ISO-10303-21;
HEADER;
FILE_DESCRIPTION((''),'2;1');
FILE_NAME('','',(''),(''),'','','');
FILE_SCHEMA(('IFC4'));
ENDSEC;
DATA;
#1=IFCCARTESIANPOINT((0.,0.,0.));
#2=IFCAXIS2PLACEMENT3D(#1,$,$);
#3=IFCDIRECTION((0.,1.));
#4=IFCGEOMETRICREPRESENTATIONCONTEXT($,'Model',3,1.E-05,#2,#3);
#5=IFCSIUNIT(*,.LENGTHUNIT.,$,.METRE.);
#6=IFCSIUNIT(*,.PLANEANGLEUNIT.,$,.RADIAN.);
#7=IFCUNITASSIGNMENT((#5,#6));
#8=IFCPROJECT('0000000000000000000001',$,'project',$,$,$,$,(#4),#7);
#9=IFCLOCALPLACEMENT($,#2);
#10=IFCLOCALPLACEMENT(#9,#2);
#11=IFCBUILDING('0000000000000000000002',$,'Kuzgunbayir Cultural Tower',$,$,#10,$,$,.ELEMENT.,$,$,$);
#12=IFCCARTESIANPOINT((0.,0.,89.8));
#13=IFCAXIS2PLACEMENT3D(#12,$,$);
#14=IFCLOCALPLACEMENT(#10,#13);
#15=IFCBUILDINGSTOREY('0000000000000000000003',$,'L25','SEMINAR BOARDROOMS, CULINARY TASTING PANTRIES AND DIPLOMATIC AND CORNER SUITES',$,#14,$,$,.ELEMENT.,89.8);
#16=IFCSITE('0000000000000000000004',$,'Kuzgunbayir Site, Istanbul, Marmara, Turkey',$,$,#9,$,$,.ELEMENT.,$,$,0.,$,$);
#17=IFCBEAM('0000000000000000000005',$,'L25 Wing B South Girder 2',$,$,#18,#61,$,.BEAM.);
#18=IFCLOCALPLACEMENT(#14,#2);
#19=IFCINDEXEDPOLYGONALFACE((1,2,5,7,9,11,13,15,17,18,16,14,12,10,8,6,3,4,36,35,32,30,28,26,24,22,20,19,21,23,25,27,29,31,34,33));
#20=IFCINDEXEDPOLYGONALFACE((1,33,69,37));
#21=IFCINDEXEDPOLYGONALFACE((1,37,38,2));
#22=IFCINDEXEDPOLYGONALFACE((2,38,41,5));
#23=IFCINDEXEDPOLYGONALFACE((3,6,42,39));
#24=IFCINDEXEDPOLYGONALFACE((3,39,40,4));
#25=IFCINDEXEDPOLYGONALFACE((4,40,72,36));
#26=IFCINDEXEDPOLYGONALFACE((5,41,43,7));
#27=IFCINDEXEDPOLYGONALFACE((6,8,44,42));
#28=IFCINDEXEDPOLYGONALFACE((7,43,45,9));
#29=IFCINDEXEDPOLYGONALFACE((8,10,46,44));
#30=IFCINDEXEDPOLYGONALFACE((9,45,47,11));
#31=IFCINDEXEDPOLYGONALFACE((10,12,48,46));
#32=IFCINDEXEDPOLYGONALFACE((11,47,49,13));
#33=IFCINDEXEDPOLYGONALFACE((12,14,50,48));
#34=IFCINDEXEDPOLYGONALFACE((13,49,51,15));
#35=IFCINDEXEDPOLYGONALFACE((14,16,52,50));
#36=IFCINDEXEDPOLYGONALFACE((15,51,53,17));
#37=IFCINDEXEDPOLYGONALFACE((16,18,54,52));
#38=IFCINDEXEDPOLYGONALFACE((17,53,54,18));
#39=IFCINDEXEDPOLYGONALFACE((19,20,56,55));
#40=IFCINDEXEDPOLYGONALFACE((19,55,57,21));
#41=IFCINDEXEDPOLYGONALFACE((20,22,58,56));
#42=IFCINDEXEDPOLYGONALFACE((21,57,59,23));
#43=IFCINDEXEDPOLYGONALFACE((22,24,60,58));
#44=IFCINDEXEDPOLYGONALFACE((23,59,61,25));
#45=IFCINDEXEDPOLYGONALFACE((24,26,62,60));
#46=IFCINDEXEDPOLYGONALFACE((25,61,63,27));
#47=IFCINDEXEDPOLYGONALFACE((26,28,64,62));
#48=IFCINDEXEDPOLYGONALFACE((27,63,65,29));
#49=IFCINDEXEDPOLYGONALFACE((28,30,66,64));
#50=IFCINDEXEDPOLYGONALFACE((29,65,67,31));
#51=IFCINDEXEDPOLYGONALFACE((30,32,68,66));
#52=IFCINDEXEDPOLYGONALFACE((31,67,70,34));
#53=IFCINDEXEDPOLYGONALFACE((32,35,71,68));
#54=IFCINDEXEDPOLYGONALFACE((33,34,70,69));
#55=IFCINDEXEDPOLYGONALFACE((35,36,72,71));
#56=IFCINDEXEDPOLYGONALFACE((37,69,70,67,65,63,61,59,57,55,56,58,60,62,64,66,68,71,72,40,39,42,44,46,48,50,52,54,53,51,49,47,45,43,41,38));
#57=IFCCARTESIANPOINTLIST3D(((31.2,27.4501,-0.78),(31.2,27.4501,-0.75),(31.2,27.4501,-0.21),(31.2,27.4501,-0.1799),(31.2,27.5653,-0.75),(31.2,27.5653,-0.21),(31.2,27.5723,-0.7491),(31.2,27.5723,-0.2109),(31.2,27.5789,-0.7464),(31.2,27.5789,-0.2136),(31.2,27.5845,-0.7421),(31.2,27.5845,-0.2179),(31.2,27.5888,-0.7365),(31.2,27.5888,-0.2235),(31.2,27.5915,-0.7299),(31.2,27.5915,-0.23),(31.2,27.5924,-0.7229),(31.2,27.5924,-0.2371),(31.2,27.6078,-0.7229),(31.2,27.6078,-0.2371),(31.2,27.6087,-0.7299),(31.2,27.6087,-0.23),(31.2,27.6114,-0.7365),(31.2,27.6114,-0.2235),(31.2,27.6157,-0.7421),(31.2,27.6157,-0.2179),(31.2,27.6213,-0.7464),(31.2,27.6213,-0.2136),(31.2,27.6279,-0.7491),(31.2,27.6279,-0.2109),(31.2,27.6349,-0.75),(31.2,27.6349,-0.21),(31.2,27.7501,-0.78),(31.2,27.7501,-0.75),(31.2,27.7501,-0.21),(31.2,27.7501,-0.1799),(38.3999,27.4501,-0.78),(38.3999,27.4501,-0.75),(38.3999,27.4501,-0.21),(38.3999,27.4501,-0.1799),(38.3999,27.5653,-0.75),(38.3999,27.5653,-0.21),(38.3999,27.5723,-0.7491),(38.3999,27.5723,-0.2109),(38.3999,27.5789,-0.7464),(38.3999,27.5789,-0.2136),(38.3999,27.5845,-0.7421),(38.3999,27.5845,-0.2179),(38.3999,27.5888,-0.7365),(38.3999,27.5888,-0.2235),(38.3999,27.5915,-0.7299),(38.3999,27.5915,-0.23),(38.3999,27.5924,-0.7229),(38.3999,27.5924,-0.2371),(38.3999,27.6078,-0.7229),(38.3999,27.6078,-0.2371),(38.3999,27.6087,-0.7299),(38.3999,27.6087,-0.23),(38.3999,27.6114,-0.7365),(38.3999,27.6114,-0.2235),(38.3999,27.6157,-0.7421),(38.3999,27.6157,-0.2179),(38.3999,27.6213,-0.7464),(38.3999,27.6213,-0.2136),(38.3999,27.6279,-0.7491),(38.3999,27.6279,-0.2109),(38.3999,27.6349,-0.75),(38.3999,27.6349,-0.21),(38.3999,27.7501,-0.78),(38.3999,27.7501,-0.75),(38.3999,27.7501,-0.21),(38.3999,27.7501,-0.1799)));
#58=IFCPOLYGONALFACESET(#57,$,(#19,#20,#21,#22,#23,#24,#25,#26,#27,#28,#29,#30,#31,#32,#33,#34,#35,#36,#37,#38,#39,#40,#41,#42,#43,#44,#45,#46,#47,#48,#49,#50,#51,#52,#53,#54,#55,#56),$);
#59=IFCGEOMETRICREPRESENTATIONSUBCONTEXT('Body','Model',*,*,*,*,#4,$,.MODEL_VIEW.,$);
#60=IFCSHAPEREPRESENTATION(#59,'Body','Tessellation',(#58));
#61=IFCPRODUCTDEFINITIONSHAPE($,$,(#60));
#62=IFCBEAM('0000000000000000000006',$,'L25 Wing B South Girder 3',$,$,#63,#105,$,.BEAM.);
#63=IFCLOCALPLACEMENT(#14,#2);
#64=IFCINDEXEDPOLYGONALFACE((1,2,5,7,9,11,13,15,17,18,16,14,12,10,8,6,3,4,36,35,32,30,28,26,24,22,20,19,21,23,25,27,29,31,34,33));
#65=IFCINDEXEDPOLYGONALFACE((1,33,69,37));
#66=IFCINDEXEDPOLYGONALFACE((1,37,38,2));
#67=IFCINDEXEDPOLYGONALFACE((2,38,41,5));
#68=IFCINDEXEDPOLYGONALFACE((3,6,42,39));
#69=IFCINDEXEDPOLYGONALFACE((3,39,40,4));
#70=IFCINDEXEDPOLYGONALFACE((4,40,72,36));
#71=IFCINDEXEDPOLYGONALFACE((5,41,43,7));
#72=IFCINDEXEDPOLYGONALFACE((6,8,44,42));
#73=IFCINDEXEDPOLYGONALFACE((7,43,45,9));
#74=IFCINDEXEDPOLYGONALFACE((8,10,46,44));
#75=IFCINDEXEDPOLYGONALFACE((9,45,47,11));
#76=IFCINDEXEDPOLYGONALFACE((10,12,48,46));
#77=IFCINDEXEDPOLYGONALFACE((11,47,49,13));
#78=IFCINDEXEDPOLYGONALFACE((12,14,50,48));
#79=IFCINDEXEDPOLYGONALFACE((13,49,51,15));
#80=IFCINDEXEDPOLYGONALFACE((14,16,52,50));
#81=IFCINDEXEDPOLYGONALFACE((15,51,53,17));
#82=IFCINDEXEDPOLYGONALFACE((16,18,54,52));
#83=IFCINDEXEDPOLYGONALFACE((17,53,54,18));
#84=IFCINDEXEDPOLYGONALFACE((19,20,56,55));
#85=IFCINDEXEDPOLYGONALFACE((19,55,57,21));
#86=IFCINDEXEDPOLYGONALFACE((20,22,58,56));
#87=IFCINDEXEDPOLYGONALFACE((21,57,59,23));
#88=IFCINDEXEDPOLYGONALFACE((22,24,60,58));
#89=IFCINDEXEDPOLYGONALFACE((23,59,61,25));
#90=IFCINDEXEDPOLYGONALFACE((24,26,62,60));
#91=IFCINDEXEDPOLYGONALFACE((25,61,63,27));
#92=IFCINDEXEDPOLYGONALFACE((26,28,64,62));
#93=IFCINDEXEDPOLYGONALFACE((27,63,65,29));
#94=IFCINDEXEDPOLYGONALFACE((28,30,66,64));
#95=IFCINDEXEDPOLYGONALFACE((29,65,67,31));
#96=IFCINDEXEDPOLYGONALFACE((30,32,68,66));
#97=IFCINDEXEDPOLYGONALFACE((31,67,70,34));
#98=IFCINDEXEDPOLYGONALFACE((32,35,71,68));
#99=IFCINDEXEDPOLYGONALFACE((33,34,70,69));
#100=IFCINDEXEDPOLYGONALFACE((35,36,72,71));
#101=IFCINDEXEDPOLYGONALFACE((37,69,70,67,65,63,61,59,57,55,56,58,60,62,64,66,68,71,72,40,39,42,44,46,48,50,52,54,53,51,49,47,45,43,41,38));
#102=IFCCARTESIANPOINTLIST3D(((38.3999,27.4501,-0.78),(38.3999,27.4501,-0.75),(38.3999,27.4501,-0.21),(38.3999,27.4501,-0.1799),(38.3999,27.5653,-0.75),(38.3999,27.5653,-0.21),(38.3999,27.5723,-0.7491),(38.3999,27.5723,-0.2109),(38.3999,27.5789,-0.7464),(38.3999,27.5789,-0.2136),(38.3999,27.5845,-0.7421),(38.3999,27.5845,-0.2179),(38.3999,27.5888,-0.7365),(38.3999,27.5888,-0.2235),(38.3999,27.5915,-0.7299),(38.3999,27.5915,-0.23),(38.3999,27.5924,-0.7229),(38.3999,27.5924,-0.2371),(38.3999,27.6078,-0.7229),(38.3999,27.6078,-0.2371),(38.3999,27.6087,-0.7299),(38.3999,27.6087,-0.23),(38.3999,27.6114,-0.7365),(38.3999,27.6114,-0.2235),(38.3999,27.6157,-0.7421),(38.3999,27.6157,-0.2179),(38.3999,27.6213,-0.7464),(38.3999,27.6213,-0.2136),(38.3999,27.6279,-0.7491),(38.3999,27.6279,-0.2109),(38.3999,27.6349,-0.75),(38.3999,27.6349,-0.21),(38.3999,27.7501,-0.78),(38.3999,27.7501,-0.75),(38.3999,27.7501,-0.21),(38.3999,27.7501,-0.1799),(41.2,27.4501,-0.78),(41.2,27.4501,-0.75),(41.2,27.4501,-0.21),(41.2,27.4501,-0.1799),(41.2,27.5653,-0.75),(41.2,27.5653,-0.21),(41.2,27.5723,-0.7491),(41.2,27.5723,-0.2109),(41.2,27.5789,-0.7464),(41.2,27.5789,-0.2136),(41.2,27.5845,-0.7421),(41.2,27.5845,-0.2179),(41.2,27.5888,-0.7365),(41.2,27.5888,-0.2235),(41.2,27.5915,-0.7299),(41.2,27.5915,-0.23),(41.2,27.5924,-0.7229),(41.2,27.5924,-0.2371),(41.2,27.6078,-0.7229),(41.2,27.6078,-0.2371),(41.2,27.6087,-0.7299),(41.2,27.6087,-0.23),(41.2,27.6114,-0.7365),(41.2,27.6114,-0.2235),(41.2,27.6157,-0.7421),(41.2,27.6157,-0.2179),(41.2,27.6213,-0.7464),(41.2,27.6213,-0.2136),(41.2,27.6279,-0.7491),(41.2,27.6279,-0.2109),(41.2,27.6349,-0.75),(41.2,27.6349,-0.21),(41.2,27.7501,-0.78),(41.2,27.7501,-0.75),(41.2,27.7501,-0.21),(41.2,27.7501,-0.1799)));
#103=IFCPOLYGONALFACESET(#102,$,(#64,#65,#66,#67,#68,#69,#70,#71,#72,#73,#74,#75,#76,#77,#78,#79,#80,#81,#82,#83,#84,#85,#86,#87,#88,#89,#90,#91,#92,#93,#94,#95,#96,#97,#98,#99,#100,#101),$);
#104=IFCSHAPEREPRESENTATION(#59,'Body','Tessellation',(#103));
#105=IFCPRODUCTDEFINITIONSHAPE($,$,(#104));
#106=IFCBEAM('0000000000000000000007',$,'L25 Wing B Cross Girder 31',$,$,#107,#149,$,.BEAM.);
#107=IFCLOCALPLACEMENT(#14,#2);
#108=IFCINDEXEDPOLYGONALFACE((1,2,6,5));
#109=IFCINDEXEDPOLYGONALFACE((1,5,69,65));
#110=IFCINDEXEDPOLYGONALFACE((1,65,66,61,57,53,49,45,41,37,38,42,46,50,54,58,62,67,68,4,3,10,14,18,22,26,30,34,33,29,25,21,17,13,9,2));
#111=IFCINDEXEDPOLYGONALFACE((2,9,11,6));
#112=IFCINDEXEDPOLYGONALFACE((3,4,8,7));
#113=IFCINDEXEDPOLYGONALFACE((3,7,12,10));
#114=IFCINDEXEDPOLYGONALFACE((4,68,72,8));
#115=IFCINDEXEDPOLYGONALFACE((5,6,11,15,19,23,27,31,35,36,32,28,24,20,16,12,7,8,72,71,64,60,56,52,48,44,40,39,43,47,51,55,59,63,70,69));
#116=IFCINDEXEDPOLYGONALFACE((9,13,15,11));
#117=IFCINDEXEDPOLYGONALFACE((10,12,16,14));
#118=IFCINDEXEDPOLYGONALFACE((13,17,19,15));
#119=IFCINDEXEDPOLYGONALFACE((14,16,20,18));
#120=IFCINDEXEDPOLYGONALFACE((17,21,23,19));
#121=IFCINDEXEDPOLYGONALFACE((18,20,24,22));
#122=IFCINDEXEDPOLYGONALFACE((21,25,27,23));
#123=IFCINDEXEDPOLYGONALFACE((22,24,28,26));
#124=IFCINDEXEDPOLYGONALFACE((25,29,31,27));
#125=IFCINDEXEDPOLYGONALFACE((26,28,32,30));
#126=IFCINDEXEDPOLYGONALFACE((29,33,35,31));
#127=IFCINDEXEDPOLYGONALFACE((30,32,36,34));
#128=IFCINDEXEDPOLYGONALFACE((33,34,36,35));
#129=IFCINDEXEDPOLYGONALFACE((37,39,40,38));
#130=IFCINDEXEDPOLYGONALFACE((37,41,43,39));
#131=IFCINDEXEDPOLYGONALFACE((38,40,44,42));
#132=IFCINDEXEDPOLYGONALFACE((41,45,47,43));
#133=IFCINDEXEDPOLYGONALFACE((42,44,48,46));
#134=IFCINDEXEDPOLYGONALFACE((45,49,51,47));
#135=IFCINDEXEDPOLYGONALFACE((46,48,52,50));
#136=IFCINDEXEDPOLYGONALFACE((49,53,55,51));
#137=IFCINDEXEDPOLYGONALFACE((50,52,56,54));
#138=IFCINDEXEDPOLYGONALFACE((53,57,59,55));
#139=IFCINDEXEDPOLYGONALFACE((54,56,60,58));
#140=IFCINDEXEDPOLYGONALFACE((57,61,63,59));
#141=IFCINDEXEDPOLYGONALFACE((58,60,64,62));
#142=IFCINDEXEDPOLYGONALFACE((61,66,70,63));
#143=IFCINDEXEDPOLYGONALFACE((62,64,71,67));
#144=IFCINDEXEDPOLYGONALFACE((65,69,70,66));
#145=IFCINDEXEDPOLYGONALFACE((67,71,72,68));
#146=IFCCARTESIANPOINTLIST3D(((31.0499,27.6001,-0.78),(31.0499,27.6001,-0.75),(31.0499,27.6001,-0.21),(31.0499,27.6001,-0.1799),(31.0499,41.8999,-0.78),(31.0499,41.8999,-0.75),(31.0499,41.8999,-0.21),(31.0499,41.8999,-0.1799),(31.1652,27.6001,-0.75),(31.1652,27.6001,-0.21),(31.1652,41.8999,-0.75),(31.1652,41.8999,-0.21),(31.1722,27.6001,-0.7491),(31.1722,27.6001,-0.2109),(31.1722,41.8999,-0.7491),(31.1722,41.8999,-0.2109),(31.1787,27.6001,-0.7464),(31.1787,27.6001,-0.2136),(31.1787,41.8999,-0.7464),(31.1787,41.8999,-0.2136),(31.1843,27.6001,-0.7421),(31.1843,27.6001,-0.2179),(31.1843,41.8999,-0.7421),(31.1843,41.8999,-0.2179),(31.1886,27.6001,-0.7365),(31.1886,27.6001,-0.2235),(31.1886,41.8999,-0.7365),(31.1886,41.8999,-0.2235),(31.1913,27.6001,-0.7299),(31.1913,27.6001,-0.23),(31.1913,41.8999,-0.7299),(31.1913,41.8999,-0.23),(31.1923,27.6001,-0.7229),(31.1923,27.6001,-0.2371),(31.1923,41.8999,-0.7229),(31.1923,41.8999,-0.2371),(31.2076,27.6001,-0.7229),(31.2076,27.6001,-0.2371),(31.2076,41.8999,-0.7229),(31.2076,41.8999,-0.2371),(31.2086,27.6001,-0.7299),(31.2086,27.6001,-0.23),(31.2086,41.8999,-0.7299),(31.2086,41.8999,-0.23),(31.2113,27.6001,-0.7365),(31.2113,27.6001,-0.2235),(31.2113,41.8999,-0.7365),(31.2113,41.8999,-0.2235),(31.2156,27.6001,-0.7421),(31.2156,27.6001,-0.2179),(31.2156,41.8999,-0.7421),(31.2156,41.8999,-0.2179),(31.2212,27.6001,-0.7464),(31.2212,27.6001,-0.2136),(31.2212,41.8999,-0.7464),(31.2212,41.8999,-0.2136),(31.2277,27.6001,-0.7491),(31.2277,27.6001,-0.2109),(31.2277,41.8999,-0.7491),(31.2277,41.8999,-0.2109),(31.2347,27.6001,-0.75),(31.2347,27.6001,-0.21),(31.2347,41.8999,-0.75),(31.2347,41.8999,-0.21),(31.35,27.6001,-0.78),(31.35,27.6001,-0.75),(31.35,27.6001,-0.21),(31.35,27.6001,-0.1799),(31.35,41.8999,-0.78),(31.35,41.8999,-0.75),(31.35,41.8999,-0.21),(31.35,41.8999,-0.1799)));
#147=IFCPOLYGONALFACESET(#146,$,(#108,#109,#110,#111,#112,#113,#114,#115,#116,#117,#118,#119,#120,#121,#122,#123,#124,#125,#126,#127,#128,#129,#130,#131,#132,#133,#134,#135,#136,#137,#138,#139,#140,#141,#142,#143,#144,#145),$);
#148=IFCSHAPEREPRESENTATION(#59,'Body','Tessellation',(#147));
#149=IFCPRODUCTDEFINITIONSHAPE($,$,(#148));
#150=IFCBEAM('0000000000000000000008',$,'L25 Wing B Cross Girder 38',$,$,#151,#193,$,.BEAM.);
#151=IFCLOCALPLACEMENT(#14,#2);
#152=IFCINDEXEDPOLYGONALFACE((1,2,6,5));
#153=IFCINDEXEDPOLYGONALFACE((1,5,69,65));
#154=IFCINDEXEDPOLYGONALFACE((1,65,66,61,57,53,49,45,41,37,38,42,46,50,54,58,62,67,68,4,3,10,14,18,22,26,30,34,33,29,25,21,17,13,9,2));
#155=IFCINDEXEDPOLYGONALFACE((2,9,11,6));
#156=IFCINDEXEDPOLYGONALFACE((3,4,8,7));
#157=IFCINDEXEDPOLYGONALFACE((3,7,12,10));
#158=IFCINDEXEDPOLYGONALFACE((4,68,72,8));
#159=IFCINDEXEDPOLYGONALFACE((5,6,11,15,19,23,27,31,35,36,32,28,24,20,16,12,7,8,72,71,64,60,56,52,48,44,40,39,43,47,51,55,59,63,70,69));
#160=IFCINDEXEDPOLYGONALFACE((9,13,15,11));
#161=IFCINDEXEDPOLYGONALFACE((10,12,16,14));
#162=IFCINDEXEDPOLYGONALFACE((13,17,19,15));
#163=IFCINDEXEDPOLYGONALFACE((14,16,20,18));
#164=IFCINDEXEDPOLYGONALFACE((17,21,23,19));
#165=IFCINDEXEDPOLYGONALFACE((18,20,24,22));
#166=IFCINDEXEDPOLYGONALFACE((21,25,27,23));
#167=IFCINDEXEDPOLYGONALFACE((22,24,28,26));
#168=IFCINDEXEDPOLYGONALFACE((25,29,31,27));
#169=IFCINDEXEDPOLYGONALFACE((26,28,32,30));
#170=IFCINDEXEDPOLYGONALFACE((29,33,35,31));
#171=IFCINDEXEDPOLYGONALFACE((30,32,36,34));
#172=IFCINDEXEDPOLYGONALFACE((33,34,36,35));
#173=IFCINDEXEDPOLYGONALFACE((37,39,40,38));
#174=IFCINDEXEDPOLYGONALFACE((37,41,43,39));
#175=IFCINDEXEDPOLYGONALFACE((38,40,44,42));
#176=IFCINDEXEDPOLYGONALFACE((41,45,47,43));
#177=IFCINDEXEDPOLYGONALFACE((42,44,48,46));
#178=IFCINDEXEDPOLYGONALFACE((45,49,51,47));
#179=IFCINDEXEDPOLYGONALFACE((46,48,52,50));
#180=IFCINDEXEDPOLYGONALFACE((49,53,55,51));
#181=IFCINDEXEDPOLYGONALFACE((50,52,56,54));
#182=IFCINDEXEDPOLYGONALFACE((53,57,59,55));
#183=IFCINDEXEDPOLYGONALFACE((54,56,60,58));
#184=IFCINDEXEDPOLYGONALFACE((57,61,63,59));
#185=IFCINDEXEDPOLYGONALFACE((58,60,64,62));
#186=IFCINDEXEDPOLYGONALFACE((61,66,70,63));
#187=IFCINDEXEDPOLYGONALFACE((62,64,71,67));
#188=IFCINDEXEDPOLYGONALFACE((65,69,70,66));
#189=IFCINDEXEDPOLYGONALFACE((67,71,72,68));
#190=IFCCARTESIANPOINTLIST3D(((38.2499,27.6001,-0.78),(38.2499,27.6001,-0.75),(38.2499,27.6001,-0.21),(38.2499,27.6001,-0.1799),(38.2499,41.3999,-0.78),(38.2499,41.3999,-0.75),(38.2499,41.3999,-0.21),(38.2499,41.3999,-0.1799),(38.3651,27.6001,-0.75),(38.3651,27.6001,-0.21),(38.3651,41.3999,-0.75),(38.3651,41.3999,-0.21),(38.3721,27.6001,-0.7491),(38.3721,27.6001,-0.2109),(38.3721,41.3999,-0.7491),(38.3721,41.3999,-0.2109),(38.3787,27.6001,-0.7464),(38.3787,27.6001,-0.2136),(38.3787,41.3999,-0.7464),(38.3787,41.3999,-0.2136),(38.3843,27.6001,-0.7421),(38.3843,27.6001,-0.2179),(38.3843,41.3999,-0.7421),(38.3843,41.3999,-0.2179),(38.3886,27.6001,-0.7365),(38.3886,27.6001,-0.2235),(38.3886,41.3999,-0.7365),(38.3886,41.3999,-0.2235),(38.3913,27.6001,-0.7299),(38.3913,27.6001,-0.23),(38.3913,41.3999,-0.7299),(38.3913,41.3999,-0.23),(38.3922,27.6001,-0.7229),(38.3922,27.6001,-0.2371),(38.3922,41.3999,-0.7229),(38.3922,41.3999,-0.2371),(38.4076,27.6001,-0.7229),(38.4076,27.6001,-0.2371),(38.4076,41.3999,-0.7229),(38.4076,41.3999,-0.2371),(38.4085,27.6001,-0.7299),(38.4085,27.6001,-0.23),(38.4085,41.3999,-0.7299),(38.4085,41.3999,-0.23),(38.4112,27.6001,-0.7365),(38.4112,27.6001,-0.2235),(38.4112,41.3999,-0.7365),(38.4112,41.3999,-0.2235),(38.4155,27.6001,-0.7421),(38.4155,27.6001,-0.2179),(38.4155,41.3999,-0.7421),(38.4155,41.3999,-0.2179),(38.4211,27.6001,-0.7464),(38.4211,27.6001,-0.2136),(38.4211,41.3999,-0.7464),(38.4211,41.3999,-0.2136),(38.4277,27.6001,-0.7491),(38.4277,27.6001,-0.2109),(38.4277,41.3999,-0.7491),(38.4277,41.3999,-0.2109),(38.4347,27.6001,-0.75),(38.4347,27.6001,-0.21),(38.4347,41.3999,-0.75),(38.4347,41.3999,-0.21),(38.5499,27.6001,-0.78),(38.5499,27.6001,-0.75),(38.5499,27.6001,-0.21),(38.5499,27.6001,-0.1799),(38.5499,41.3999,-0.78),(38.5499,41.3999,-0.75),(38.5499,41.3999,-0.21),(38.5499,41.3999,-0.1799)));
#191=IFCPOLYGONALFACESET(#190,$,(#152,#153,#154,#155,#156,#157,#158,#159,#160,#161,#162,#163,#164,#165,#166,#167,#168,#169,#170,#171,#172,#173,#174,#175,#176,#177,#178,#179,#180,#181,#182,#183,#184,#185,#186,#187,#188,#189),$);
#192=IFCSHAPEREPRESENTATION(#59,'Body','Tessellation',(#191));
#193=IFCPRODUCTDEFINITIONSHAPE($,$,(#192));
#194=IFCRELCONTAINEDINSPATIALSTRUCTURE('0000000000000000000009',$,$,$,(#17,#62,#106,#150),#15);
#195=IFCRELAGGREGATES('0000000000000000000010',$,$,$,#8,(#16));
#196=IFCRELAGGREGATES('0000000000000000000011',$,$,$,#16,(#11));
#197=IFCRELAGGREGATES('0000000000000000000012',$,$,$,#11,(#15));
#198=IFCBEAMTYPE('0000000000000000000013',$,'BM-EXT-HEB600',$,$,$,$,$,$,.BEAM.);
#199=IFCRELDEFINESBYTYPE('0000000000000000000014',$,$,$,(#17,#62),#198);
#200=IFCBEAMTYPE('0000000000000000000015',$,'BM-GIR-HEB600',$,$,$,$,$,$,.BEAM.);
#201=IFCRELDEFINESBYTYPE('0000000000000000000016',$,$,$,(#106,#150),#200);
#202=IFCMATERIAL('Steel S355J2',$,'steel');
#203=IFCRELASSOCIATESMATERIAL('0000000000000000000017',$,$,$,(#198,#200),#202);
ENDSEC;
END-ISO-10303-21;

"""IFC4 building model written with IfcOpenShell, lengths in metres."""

from ifc_helpers import new_model, si_unit, direction, frame, origin, origin_2d, place, context, subcontext, project, spatial, i_section, extrude, material, material_profile, profile_set, type_object, element, save


model = new_model("IFC4")

# Units and contexts
model_context = context("Model", 3, precision=1e-05, world=origin(), true_north=direction((0.0, 1.0)))
body_context = subcontext(model_context, "Body", "Model", "MODEL_VIEW")
ifc_project = project(units=[si_unit("LENGTHUNIT", "METRE"), si_unit("PLANEANGLEUNIT", "RADIAN")], contexts=[model_context])

# Site, building, storey
site_placement = place(None, origin())
site = spatial("IfcSite", under=ifc_project, at=site_placement, Name="Kuzgunbayir Site, Istanbul, Marmara, Turkey", CompositionType="ELEMENT", RefElevation=0.0)
building_placement = place(site_placement, origin())
building = spatial("IfcBuilding", under=site, at=building_placement, Name="Kuzgunbayir Cultural Tower", CompositionType="ELEMENT")
storey_placement = place(building_placement, frame((0.0, 0.0, 89.8)))
storey = spatial("IfcBuildingStorey", under=building, at=storey_placement, Name="L25", Description="SEMINAR BOARDROOMS, CULINARY TASTING PANTRIES AND DIPLOMATIC AND CORNER SUITES", CompositionType="ELEMENT", Elevation=89.8)

# Beams
ifc_material_1 = material(Name="Steel S355J2", Category="steel")
ifc_material_profile_1 = material_profile(ifc_material_1, i_section(OverallWidth=0.3, OverallDepth=0.6001, WebThickness=0.0154, FlangeThickness=0.03, FilletRadius=0.0271, at=origin_2d()), Name="HEB 600")
ifc_profile_set_1 = profile_set([ifc_material_profile_1], Name="Steel S355J2")
beam_type_1 = type_object("IfcBeamType", Name="BM-EXT-HEB600", PredefinedType="BEAM", material=ifc_profile_set_1)
beam_1_placement = place(storey_placement, frame((31.2, 27.6001, -0.48), z_axis=(1.0, 0.0, 0.0), x_axis=(0.0, 1.0, 0.0)))
element("IfcBeam", 1, at=beam_1_placement, inside=storey, type_object=beam_type_1, Name="L25 Wing B South Girder 2", PredefinedType="BEAM", context=body_context, shape_type="SweptSolid", body=[
    extrude(i_section(OverallWidth=0.3, OverallDepth=0.6001, WebThickness=0.0154, FlangeThickness=0.03, FilletRadius=0.0271, at=origin_2d()), origin(), (0.0, 0.0, 1.0), 7.2),
])
beam_2_placement = place(storey_placement, frame((38.3999, 27.6001, -0.48), z_axis=(1.0, 0.0, 0.0), x_axis=(0.0, 1.0, 0.0)))
element("IfcBeam", 2, at=beam_2_placement, inside=storey, type_object=beam_type_1, Name="L25 Wing B South Girder 3", PredefinedType="BEAM", context=body_context, shape_type="SweptSolid", body=[
    extrude(i_section(OverallWidth=0.3, OverallDepth=0.6001, WebThickness=0.0154, FlangeThickness=0.03, FilletRadius=0.0271, at=origin_2d()), origin(), (0.0, 0.0, 1.0), 2.8),
])
ifc_material_profile_2 = material_profile(ifc_material_1, i_section(OverallWidth=0.3, OverallDepth=0.6001, WebThickness=0.0154, FlangeThickness=0.03, FilletRadius=0.0271, at=origin_2d()), Name="HEB 600")
ifc_profile_set_2 = profile_set([ifc_material_profile_2], Name="Steel S355J2")
beam_type_2 = type_object("IfcBeamType", Name="BM-GIR-HEB600", PredefinedType="BEAM", material=ifc_profile_set_2)
beam_3_placement = place(storey_placement, frame((31.2, 27.6001, -0.48), z_axis=(0.0, 1.0, 0.0), x_axis=(-1.0, 0.0, 0.0)))
element("IfcBeam", 3, at=beam_3_placement, inside=storey, type_object=beam_type_2, Name="L25 Wing B Cross Girder 31", PredefinedType="BEAM", context=body_context, shape_type="SweptSolid", body=[
    extrude(i_section(OverallWidth=0.3, OverallDepth=0.6001, WebThickness=0.0154, FlangeThickness=0.03, FilletRadius=0.0271, at=origin_2d()), origin(), (0.0, 0.0, 1.0), 14.2998),
])
beam_4_placement = place(storey_placement, frame((38.3999, 27.6001, -0.48), z_axis=(0.0, 1.0, 0.0), x_axis=(-1.0, 0.0, 0.0)))
element("IfcBeam", 4, at=beam_4_placement, inside=storey, type_object=beam_type_2, Name="L25 Wing B Cross Girder 38", PredefinedType="BEAM", context=body_context, shape_type="SweptSolid", body=[
    extrude(i_section(OverallWidth=0.3, OverallDepth=0.6001, WebThickness=0.0154, FlangeThickness=0.03, FilletRadius=0.0271, at=origin_2d()), origin(), (0.0, 0.0, 1.0), 13.7998),
])

save(model, "model.ifc")
